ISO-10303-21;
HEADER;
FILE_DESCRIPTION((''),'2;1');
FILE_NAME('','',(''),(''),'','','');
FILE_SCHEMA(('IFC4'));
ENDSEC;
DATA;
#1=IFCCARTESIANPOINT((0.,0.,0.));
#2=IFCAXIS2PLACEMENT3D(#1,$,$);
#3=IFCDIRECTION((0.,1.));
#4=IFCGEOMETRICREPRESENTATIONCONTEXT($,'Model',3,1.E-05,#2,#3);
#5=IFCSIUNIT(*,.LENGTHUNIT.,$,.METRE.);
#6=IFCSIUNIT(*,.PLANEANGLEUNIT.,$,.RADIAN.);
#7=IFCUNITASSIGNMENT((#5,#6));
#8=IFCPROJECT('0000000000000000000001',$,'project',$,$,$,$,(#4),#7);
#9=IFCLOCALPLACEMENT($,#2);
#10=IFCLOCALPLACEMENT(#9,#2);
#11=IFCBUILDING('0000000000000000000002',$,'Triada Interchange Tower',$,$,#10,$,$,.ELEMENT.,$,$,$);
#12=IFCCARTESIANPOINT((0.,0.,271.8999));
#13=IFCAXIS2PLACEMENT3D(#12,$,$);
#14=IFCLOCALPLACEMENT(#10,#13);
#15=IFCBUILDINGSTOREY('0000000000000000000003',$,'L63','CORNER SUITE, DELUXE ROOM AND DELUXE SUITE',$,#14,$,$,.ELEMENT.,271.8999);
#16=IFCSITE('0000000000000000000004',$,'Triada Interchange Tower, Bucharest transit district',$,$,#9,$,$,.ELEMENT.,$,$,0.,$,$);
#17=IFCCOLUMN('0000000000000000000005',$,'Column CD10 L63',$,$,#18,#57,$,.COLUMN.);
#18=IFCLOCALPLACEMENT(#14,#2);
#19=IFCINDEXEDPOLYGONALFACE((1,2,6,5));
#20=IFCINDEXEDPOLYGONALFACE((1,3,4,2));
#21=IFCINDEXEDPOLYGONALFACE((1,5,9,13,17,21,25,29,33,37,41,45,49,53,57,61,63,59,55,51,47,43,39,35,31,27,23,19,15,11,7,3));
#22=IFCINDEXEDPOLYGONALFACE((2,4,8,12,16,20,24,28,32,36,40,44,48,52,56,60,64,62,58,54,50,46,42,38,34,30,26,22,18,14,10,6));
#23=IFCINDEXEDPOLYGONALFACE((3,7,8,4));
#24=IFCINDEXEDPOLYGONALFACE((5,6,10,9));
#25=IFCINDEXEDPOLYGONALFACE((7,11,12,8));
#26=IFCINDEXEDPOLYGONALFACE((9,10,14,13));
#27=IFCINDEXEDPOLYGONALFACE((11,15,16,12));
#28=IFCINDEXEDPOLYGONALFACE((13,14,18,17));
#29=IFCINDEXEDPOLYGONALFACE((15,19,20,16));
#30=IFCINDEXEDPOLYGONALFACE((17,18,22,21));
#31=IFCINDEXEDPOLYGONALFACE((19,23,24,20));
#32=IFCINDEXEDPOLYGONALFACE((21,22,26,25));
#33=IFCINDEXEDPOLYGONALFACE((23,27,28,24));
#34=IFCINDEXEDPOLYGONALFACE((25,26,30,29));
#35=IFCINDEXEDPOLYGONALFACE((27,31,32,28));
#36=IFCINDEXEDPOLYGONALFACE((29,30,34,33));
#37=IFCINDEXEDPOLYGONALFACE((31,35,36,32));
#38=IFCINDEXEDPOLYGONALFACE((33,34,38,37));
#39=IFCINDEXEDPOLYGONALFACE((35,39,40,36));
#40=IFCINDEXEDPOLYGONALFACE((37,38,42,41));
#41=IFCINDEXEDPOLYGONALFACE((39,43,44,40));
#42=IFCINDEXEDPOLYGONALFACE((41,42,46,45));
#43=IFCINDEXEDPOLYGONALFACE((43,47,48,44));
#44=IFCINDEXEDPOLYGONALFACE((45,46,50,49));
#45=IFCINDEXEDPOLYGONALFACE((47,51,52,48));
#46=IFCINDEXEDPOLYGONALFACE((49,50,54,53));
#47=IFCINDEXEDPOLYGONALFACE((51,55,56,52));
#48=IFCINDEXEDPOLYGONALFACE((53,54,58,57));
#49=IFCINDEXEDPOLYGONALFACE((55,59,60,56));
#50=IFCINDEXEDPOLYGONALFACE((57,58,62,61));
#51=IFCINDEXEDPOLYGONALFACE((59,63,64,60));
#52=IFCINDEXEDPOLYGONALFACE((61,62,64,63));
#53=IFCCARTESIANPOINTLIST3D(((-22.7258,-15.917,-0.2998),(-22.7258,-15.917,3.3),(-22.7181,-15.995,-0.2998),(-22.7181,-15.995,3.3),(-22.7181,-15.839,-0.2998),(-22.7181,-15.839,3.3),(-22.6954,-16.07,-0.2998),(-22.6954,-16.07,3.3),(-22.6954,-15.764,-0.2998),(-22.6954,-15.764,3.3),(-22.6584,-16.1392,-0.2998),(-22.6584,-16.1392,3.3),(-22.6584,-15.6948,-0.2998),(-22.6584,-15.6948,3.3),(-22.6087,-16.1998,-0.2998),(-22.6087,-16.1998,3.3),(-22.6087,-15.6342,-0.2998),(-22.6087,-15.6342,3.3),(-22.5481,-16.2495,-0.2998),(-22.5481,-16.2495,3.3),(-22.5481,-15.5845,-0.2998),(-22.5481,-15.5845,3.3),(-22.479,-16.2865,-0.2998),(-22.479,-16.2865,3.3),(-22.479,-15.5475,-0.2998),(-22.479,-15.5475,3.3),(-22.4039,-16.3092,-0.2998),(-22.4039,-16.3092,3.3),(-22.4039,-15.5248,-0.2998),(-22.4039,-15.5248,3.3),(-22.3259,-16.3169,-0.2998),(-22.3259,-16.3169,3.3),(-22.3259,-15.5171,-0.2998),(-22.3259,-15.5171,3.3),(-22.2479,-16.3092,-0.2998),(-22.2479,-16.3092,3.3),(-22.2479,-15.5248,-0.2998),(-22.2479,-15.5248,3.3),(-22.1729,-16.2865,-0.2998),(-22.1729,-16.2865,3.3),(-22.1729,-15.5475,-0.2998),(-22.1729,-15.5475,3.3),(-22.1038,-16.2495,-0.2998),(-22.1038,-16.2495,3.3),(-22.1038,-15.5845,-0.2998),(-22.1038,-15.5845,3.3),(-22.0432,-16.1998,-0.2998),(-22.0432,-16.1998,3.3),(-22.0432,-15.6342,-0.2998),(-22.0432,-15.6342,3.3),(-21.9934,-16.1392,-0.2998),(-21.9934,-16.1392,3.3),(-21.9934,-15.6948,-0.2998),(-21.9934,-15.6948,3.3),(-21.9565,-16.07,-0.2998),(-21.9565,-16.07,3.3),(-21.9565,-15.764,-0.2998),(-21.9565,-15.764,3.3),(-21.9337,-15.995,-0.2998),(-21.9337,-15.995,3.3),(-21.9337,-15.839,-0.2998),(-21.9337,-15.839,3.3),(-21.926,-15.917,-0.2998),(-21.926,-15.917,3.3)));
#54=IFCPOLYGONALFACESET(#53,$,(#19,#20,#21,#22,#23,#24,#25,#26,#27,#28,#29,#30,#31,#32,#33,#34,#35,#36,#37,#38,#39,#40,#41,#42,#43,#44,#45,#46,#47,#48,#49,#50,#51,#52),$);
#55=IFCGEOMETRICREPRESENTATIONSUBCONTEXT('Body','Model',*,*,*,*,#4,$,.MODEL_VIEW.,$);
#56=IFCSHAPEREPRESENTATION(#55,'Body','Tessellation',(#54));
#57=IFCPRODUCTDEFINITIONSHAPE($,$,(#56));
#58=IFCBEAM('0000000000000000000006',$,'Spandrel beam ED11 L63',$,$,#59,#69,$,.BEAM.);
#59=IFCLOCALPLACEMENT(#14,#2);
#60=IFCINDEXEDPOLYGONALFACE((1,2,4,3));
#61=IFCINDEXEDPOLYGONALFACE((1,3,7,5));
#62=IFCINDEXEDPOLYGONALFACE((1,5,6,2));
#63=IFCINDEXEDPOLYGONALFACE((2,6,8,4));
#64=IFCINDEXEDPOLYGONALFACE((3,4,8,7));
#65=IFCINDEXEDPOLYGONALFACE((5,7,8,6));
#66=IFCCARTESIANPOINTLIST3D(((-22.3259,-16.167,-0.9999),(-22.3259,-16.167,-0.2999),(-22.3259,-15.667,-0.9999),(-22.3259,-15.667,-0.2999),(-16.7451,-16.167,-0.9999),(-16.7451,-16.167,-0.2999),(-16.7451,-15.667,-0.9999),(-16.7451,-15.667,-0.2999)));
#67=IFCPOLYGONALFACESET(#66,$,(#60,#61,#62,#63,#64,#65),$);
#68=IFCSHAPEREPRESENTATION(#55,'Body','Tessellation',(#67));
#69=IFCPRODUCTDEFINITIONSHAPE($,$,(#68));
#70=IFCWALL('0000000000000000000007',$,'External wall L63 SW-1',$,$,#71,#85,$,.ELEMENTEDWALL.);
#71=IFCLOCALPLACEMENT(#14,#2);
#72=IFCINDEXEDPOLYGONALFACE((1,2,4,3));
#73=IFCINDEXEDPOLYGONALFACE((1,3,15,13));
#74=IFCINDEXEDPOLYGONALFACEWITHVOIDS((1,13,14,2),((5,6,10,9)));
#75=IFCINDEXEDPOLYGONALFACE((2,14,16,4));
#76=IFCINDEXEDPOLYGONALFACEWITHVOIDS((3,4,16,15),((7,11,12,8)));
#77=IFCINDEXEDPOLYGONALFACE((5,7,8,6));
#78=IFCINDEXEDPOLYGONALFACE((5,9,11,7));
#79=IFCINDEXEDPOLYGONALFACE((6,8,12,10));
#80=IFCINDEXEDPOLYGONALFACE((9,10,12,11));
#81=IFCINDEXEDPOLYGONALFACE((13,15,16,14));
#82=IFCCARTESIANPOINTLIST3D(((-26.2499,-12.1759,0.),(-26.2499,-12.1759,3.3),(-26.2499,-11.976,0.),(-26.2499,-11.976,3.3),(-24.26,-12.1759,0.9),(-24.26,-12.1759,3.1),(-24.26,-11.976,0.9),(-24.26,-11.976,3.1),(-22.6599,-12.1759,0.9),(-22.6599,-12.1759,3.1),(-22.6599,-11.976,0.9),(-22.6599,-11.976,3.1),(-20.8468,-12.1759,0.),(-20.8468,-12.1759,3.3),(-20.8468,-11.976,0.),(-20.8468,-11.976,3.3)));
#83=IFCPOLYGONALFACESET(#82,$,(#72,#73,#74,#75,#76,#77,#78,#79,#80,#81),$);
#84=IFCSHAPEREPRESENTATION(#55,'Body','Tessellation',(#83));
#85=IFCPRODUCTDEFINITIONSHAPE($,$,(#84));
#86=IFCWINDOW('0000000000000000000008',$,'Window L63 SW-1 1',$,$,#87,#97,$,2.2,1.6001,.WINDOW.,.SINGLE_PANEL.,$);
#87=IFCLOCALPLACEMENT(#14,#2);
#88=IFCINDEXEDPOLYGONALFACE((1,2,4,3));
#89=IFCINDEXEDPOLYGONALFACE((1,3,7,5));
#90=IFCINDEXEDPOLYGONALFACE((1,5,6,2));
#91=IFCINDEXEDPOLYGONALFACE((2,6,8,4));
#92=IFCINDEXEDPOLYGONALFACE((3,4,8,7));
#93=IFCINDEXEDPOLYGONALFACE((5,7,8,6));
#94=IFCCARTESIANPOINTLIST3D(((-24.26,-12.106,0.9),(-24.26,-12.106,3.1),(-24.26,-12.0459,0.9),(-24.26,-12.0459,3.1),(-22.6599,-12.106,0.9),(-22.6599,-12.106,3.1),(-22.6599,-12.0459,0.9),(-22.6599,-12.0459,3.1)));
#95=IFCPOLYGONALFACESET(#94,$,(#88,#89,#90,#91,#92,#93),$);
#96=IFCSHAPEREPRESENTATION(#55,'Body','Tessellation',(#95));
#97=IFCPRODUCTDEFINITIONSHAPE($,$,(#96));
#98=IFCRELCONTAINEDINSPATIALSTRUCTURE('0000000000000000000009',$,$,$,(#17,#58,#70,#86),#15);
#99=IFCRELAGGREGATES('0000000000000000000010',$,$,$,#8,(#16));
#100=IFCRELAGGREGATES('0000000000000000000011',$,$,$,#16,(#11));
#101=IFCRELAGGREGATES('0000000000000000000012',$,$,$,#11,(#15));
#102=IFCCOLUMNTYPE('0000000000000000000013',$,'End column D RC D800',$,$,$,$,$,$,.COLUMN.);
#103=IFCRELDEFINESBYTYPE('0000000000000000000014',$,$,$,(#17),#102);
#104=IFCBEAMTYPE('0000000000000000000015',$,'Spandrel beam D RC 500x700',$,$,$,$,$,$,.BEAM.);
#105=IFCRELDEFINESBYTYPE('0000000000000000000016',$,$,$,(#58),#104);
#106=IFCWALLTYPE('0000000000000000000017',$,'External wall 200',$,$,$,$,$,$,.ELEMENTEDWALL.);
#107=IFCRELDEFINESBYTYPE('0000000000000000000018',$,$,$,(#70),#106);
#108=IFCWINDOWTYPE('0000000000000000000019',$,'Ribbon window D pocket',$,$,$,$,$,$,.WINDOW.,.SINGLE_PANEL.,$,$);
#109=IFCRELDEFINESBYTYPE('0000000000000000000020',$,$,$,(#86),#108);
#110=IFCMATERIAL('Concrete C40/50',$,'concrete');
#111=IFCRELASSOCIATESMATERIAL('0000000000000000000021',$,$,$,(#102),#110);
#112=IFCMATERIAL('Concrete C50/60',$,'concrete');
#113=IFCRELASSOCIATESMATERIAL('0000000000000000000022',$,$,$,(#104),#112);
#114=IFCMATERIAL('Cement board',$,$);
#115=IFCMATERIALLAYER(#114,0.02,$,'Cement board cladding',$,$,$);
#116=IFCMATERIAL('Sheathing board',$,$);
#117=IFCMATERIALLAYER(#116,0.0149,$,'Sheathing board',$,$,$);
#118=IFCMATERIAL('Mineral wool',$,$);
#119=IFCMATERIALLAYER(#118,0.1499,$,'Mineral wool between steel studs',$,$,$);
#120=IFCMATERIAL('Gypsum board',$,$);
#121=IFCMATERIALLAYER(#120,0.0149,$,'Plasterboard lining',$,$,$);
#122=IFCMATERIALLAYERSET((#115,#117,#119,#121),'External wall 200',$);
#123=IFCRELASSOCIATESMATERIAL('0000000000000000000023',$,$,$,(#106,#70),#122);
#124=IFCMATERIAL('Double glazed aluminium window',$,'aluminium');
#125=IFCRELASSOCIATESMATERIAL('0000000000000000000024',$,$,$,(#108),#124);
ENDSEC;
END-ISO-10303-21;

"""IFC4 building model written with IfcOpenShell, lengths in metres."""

from ifc_helpers import new_model, si_unit, direction, frame, frame_2d, origin, origin_2d, place, context, subcontext, project, spatial, rectangle, circle, extrude, material, layer, layer_set, layer_usage, material_profile, profile_set, type_object, element, fill, save


model = new_model("IFC4")

# Units and contexts
model_context = context("Model", 3, precision=1e-05, world=origin(), true_north=direction((0.0, 1.0)))
body_context = subcontext(model_context, "Body", "Model", "MODEL_VIEW")
ifc_project = project(units=[si_unit("LENGTHUNIT", "METRE"), si_unit("PLANEANGLEUNIT", "RADIAN")], contexts=[model_context])

# Site, building, storey
site_placement = place(None, origin())
site = spatial("IfcSite", under=ifc_project, at=site_placement, Name="Triada Interchange Tower, Bucharest transit district", CompositionType="ELEMENT", RefElevation=0.0)
building_placement = place(site_placement, origin())
building = spatial("IfcBuilding", under=site, at=building_placement, Name="Triada Interchange Tower", CompositionType="ELEMENT")
storey_placement = place(building_placement, frame((0.0, 0.0, 271.8999)))
storey = spatial("IfcBuildingStorey", under=building, at=storey_placement, Name="L63", Description="CORNER SUITE, DELUXE ROOM AND DELUXE SUITE", CompositionType="ELEMENT", Elevation=271.8999)

# Column
ifc_material_1 = material(Name="Concrete C40/50", Category="concrete")
ifc_material_profile_1 = material_profile(ifc_material_1, circle(Radius=0.3999, at=origin_2d()), Name="RC D800")
ifc_profile_set_1 = profile_set([ifc_material_profile_1], Name="Concrete C40/50")
column_type = type_object("IfcColumnType", Name="End column D RC D800", PredefinedType="COLUMN", material=ifc_profile_set_1)
column_placement = place(storey_placement, frame((-22.3259, -15.917, -0.2998), z_axis=(0.0, 0.0, 1.0), x_axis=(1.0, 0.0, 0.0)))
element("IfcColumn", 1, at=column_placement, inside=storey, type_object=column_type, Name="Column CD10 L63", PredefinedType="COLUMN", context=body_context, shape_type="SweptSolid", body=[
    extrude(circle(Radius=0.3999, at=origin_2d()), origin(), (0.0, 0.0, 1.0), 3.5999),
])

# Beam
ifc_material_2 = material(Name="Concrete C50/60", Category="concrete")
ifc_material_profile_2 = material_profile(ifc_material_2, rectangle(XDim=0.5, YDim=0.7, at=origin_2d()), Name="RC 500x700")
ifc_profile_set_2 = profile_set([ifc_material_profile_2], Name="Concrete C50/60")
beam_type = type_object("IfcBeamType", Name="Spandrel beam D RC 500x700", PredefinedType="BEAM", material=ifc_profile_set_2)
beam_placement = place(storey_placement, frame((-22.3259, -15.917, -0.6499), z_axis=(1.0, 0.0, 0.0), x_axis=(0.0, 1.0, 0.0)))
element("IfcBeam", 2, at=beam_placement, inside=storey, type_object=beam_type, Name="Spandrel beam ED11 L63", PredefinedType="BEAM", context=body_context, shape_type="SweptSolid", body=[
    extrude(rectangle(XDim=0.5, YDim=0.7, at=origin_2d()), origin(), (0.0, 0.0, 1.0), 5.5808),
])

# Wall, opening, window
ifc_material_3 = material(Name="Cement board")
ifc_layer_1 = layer(ifc_material_3, 0.02, Name="Cement board cladding")
ifc_material_4 = material(Name="Sheathing board")
ifc_layer_2 = layer(ifc_material_4, 0.0149, Name="Sheathing board")
ifc_material_5 = material(Name="Mineral wool")
ifc_layer_3 = layer(ifc_material_5, 0.1499, Name="Mineral wool between steel studs")
ifc_material_6 = material(Name="Gypsum board")
ifc_layer_4 = layer(ifc_material_6, 0.0149, Name="Plasterboard lining")
ifc_layer_set_1 = layer_set([ifc_layer_1, ifc_layer_2, ifc_layer_3, ifc_layer_4], Name="External wall 200")
ifc_layer_usage = layer_usage(ifc_layer_set_1, "AXIS2", "POSITIVE", -0.1001)
wall_type = type_object("IfcWallType", Name="External wall 200", PredefinedType="ELEMENTEDWALL", material=ifc_layer_set_1)
wall_1_placement = place(storey_placement, frame((-26.25, -12.0759, 0.0), z_axis=(0.0, 0.0, 1.0), x_axis=(1.0, 0.0, 0.0)))
wall_1 = element("IfcWall", 3, at=wall_1_placement, inside=storey, type_object=wall_type, material=ifc_layer_usage, Name="External wall L63 SW-1", PredefinedType="ELEMENTEDWALL", context=body_context, shape_type="SweptSolid", body=[
    extrude(rectangle(XDim=5.4031, YDim=0.2, at=frame_2d((2.7017, 0.0))), origin(), (0.0, 0.0, 1.0), 3.3),
])
opening_1_placement = place(wall_1_placement, frame((1.99, 0.0, 0.8999)))
opening_1 = element("IfcOpeningElement", 4, at=opening_1_placement, cuts=wall_1, PredefinedType="OPENING", context=body_context, shape_type="SweptSolid", body=[
    extrude(rectangle(XDim=1.6001, YDim=2.2, at=frame_2d((0.8, 1.1001))), frame((0.0, 0.1099, 0.0), z_axis=(0.0, -1.0, 0.0), x_axis=(1.0, 0.0, 0.0)), (0.0, 0.0, 1.0), 0.22),
])
ifc_material_7 = material(Name="Double glazed aluminium window", Category="aluminium")
window_type_1 = type_object("IfcWindowType", Name="Ribbon window D pocket", PartitioningType="SINGLE_PANEL", PredefinedType="WINDOW", material=ifc_material_7)
window_1_placement = place(opening_1_placement, origin())
window_1 = element("IfcWindow", 5, at=window_1_placement, inside=storey, type_object=window_type_1, Name="Window L63 SW-1 1", OverallHeight=2.2, OverallWidth=1.6001, PartitioningType="SINGLE_PANEL", PredefinedType="WINDOW", context=body_context, shape_type="SweptSolid", body=[
    extrude(rectangle(XDim=1.6001, YDim=2.2, at=frame_2d((0.8, 1.1001))), frame((0.0, 0.03, 0.0), z_axis=(0.0, -1.0, 0.0), x_axis=(1.0, 0.0, 0.0)), (0.0, 0.0, 1.0), 0.0601),
])
fill(opening_1, window_1)

save(model, "model.ifc")
